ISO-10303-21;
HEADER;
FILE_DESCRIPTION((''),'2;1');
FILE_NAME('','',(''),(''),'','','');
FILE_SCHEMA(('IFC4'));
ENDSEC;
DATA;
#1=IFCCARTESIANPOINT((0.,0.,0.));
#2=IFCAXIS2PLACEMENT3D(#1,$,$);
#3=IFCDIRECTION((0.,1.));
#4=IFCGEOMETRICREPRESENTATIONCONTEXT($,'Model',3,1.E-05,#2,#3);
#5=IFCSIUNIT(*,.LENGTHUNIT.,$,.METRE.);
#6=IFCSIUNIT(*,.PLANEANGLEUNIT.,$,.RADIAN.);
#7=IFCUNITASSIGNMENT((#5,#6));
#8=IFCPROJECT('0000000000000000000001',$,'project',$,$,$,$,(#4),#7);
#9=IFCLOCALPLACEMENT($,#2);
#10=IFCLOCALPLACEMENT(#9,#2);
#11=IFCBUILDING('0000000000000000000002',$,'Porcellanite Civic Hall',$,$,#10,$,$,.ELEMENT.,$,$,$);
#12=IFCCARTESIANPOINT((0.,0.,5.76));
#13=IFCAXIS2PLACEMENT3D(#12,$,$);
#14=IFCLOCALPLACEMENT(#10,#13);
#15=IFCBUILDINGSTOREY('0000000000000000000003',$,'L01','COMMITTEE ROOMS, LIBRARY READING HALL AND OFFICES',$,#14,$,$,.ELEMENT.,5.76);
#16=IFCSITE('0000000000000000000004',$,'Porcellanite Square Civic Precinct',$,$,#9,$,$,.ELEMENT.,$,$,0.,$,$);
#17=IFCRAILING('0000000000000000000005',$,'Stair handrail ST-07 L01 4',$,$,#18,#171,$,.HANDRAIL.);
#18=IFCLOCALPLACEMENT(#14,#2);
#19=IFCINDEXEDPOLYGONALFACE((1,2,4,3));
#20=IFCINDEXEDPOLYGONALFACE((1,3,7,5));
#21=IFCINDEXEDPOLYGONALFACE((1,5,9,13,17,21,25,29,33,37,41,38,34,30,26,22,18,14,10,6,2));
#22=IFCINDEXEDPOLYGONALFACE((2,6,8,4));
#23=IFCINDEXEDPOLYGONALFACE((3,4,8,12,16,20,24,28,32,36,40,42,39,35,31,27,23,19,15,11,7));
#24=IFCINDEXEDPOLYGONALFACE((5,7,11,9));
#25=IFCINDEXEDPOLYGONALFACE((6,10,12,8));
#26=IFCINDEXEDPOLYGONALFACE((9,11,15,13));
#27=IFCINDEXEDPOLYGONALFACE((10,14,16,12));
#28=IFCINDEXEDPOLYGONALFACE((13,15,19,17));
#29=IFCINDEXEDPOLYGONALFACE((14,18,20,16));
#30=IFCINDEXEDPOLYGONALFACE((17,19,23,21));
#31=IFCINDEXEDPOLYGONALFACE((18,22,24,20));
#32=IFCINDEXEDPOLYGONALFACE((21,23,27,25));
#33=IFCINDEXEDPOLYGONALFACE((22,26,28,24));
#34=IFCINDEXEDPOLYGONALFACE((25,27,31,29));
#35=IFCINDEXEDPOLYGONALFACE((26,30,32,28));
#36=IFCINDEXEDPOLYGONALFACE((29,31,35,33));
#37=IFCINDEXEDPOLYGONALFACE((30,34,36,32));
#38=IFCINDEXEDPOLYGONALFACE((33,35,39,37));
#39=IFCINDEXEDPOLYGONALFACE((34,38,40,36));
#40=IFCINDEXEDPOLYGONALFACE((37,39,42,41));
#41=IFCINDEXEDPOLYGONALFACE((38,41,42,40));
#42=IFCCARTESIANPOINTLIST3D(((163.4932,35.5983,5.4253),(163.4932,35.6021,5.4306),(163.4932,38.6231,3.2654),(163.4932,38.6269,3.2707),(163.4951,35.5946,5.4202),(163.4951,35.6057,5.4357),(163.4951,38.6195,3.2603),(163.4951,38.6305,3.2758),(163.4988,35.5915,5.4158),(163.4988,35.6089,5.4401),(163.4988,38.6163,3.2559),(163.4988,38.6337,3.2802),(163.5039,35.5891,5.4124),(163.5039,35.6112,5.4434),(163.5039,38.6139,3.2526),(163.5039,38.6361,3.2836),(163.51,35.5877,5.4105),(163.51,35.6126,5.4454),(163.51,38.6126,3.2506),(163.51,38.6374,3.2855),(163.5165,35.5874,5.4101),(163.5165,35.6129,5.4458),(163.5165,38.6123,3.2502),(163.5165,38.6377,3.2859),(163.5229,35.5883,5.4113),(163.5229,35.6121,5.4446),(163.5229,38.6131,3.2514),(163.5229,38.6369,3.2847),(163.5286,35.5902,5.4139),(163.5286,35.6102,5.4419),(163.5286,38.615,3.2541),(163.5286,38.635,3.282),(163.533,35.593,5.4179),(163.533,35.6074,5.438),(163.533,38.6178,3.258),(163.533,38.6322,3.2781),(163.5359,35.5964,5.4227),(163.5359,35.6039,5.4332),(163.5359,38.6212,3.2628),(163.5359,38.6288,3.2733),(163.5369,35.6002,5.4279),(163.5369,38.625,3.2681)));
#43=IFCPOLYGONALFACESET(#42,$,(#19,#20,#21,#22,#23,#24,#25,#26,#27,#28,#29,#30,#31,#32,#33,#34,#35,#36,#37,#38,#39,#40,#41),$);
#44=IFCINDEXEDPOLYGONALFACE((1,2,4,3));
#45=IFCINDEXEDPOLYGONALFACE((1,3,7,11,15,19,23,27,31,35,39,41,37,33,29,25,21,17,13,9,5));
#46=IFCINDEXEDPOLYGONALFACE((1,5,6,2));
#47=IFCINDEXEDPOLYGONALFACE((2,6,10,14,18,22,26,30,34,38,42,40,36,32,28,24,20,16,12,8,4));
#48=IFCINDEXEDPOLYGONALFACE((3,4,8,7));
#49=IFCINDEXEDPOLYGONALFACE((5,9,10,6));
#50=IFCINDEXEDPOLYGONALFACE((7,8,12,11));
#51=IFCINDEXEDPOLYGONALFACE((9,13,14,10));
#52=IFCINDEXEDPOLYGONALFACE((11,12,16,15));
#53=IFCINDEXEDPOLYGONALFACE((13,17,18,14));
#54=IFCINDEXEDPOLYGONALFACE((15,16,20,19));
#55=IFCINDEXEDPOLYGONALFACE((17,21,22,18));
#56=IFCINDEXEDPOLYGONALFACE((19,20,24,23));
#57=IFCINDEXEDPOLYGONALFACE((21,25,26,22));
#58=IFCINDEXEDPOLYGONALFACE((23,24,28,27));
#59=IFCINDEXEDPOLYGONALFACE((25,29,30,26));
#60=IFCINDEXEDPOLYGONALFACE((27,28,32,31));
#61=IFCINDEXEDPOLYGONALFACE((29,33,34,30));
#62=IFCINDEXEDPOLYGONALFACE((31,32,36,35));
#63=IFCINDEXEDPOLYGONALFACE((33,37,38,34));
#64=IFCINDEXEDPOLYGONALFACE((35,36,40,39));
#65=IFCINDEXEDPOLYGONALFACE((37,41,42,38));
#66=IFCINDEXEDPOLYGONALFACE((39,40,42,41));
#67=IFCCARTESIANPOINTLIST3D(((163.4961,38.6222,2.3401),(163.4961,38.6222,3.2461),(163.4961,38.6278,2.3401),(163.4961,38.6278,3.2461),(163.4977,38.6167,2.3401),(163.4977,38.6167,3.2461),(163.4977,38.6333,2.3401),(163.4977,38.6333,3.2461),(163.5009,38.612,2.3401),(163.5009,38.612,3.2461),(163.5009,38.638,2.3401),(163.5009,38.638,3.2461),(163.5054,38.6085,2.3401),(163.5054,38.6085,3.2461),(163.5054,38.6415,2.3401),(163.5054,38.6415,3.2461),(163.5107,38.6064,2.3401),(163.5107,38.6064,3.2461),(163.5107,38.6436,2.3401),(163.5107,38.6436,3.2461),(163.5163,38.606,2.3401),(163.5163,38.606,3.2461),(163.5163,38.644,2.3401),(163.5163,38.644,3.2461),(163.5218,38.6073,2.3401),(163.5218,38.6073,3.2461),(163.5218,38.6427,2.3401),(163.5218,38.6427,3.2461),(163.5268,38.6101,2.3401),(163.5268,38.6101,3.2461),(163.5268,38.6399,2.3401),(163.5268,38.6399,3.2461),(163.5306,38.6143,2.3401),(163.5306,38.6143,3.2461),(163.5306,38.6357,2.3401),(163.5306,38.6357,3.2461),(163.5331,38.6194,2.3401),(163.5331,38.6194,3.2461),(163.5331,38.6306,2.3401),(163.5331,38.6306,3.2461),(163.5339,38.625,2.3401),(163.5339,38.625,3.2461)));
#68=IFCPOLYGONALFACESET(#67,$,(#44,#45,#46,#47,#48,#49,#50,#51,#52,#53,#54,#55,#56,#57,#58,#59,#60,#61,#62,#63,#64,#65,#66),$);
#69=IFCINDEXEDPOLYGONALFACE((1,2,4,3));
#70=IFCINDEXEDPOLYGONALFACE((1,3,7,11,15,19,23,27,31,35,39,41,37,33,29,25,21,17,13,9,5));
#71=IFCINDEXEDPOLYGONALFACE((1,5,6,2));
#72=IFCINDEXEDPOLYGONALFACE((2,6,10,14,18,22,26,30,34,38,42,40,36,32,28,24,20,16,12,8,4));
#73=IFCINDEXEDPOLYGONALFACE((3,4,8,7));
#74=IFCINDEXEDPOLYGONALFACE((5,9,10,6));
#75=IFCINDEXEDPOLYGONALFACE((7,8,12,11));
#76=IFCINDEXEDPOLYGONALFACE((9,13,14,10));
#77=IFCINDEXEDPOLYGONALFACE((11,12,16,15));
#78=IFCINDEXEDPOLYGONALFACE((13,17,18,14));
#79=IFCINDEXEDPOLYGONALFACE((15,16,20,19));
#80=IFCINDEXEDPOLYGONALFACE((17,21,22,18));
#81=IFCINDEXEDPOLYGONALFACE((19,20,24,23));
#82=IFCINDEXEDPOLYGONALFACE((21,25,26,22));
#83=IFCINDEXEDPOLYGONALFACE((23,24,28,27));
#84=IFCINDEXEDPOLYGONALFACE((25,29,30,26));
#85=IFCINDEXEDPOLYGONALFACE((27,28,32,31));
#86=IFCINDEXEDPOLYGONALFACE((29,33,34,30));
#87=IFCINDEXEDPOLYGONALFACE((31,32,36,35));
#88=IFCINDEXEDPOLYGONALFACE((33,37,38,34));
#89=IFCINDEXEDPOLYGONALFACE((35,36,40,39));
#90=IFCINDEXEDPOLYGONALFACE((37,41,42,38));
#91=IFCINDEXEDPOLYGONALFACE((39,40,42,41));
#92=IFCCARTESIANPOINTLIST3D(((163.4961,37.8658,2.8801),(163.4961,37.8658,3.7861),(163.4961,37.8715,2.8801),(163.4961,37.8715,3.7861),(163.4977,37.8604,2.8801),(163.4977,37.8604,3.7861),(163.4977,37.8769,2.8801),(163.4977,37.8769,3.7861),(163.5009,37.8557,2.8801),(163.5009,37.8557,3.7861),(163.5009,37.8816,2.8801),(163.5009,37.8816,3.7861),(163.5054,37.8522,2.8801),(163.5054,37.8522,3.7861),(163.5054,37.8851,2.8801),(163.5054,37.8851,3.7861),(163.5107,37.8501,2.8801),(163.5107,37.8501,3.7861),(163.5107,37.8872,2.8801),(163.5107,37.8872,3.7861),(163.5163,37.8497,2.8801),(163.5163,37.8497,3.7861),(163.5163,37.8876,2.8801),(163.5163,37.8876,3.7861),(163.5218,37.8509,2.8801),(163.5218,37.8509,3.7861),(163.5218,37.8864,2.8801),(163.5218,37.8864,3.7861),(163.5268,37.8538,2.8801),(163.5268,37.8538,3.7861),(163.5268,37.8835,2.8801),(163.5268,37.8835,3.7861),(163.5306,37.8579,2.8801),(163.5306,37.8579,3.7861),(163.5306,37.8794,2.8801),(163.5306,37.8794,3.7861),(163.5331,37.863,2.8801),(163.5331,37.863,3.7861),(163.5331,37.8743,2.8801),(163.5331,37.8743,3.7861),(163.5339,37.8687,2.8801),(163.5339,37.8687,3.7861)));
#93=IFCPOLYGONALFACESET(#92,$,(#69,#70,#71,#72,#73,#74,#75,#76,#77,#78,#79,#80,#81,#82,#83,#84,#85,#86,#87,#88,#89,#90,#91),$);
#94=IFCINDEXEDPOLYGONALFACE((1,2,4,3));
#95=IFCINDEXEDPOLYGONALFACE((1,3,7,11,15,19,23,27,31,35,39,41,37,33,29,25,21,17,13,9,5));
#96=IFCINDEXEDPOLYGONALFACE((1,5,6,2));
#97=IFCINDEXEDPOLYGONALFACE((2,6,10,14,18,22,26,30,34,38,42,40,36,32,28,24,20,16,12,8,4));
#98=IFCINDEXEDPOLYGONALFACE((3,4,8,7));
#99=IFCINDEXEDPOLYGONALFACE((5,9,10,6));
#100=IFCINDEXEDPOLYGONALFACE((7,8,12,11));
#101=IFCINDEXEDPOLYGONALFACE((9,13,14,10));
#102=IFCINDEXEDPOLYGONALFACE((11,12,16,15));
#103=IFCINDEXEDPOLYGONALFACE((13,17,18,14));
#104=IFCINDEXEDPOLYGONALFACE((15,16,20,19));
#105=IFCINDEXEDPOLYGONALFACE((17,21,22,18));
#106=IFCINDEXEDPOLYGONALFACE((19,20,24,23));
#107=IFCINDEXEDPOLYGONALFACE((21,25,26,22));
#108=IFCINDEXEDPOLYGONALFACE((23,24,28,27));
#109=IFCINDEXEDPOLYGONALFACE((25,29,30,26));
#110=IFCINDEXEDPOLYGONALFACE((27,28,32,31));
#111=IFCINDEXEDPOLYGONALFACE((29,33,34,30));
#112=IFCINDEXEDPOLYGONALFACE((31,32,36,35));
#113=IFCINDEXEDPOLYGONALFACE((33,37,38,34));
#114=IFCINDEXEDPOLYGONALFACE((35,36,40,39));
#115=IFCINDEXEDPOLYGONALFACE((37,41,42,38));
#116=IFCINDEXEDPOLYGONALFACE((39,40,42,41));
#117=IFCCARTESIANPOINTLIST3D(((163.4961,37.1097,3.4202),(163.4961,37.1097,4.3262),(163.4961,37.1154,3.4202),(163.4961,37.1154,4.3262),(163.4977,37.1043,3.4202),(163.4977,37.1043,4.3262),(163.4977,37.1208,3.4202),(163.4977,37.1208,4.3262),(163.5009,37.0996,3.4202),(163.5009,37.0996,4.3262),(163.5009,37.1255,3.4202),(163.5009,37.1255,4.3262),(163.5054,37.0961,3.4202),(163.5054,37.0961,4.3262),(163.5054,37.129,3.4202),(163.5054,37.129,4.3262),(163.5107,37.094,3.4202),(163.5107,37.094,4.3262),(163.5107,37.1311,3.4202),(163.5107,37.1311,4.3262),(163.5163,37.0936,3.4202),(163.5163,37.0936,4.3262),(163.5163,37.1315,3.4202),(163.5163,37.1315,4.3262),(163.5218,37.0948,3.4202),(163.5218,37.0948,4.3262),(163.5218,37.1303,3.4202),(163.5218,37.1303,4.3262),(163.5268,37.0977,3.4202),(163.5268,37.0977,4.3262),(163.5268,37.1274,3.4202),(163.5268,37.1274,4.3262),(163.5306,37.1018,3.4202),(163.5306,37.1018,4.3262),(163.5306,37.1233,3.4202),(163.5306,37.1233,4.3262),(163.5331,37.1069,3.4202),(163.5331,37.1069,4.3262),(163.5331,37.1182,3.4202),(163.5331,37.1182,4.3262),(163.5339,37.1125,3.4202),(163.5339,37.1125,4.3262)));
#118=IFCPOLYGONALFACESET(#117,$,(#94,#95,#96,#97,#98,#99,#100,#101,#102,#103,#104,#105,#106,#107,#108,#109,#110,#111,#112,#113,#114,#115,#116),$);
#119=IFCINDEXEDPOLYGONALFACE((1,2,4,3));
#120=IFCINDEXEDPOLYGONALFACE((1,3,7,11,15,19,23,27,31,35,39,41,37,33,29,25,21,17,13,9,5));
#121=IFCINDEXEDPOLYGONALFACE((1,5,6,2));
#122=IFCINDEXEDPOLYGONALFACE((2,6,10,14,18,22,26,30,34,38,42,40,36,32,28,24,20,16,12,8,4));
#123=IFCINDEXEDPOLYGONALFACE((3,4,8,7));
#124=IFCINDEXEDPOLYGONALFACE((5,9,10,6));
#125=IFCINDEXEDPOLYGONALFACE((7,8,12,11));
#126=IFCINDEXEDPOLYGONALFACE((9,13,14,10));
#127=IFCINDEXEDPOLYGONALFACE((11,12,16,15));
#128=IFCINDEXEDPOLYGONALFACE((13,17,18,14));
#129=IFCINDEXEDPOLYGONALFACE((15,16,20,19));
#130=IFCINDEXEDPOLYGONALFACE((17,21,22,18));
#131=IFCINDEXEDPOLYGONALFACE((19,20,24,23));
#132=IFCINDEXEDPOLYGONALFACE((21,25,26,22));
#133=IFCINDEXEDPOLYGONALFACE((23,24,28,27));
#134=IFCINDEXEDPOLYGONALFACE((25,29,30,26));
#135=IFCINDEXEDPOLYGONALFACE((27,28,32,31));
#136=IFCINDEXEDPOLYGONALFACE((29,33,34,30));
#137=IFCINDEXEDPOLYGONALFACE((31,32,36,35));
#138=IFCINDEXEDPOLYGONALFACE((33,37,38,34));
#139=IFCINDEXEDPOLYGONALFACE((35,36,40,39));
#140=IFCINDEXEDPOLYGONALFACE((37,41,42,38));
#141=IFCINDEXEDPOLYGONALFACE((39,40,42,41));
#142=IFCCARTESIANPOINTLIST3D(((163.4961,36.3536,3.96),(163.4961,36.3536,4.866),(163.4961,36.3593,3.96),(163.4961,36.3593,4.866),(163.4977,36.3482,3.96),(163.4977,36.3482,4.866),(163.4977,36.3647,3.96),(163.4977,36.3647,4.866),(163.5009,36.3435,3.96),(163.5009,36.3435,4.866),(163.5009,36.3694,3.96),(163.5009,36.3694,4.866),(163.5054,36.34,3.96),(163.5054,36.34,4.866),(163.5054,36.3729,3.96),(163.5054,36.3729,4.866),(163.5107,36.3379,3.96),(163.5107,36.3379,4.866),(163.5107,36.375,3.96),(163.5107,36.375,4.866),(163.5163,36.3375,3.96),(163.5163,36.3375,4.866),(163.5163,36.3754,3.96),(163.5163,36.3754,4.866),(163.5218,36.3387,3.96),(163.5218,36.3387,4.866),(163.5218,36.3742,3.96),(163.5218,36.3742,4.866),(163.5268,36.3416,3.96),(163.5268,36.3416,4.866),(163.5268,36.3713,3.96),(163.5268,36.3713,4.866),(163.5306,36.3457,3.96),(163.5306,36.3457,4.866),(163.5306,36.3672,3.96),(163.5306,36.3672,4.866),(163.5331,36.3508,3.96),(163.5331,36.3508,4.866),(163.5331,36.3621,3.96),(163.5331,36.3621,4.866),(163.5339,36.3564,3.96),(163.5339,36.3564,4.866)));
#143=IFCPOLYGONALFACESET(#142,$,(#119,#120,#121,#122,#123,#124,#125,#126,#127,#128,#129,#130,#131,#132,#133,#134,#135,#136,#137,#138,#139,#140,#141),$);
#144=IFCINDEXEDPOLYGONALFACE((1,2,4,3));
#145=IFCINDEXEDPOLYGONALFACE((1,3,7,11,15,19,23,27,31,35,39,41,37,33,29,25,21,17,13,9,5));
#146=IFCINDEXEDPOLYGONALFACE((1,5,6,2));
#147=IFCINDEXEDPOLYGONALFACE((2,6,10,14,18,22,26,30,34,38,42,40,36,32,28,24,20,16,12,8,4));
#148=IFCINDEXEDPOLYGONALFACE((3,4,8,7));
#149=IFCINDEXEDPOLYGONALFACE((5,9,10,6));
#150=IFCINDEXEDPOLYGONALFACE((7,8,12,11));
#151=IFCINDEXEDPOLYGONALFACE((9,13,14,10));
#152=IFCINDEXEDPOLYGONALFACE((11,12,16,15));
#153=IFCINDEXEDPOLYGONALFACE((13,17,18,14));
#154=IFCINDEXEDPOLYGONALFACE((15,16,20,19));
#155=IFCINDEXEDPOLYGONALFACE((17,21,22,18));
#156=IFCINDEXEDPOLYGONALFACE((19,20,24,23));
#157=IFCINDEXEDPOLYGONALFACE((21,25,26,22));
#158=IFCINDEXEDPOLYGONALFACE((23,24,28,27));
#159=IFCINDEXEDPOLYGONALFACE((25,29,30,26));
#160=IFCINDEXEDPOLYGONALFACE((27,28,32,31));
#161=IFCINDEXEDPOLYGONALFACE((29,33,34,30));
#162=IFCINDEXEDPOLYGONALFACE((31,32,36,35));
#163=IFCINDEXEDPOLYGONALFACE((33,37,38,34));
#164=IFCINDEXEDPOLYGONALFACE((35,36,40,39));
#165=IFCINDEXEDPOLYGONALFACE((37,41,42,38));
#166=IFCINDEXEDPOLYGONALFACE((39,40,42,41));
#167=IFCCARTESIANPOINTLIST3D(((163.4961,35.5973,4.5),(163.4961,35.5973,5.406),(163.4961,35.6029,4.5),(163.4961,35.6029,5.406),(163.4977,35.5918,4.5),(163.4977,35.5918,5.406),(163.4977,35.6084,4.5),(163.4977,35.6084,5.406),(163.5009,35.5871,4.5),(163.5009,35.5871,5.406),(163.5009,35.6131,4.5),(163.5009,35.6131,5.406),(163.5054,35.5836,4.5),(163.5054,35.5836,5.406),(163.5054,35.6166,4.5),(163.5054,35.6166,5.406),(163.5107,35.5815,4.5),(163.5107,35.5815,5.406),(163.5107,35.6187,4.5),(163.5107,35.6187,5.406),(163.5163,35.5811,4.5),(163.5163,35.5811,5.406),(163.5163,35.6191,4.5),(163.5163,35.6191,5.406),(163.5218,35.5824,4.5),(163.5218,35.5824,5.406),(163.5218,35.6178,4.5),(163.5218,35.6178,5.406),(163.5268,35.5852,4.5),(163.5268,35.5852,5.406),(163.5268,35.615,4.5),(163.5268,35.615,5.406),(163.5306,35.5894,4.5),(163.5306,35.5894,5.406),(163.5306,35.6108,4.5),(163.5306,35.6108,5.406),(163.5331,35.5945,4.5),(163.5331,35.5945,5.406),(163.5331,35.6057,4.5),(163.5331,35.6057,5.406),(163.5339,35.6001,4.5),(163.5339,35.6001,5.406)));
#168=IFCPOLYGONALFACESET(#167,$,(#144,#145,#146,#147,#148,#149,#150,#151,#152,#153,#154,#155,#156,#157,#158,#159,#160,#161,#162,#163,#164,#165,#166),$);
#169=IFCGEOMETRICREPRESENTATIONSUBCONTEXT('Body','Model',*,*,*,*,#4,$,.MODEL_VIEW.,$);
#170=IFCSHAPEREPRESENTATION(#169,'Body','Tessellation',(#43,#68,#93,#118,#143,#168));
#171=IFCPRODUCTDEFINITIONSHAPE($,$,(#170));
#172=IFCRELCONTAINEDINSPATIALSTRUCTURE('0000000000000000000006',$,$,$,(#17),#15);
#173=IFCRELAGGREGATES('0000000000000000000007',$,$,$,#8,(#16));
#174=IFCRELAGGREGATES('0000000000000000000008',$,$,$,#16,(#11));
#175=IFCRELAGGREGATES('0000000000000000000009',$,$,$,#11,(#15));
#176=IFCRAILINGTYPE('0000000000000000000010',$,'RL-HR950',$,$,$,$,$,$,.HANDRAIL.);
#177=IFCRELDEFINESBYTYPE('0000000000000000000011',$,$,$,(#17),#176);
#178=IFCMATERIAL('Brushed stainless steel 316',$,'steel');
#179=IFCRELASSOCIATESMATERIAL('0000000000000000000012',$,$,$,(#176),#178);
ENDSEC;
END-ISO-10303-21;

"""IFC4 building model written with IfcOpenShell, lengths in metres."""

from ifc_helpers import new_model, si_unit, direction, frame, origin, origin_2d, place, context, subcontext, project, spatial, circle, extrude, material, type_object, element, save


model = new_model("IFC4")

# Units and contexts
model_context = context("Model", 3, precision=1e-05, world=origin(), true_north=direction((0.0, 1.0)))
body_context = subcontext(model_context, "Body", "Model", "MODEL_VIEW")
ifc_project = project(units=[si_unit("LENGTHUNIT", "METRE"), si_unit("PLANEANGLEUNIT", "RADIAN")], contexts=[model_context])

# Site, building, storey
site_placement = place(None, origin())
site = spatial("IfcSite", under=ifc_project, at=site_placement, Name="Porcellanite Square Civic Precinct", CompositionType="ELEMENT", RefElevation=0.0)
building_placement = place(site_placement, origin())
building = spatial("IfcBuilding", under=site, at=building_placement, Name="Porcellanite Civic Hall", CompositionType="ELEMENT")
storey_placement = place(building_placement, frame((0.0, 0.0, 5.76)))
storey = spatial("IfcBuildingStorey", under=building, at=storey_placement, Name="L01", Description="COMMITTEE ROOMS, LIBRARY READING HALL AND OFFICES", CompositionType="ELEMENT", Elevation=5.76)

# Railing
ifc_material_1 = material(Name="Brushed stainless steel 316", Category="steel")
railing_type_1 = type_object("IfcRailingType", Name="RL-HR950", PredefinedType="HANDRAIL", material=ifc_material_1)
railing_1_placement = place(storey_placement, frame((163.5149, 38.625, 2.3401)))
element("IfcRailing", 1, at=railing_1_placement, inside=storey, type_object=railing_type_1, Name="Stair handrail ST-07 L01 4", PredefinedType="HANDRAIL", context=body_context, shape_type="SweptSolid", body=[
    extrude(circle(Radius=0.022, at=origin_2d()), frame((0.0, 0.0, 0.928), z_axis=(0.0, -0.813827, 0.581108), x_axis=(1.0, 0.0, 0.0)), (0.0, 0.0, 1.0), 3.7168),
    extrude(circle(Radius=0.019, at=origin_2d()), origin(), (0.0, 0.0, 1.0), 0.906),
    extrude(circle(Radius=0.019, at=origin_2d()), frame((0.0, -0.7563, 0.54)), (0.0, 0.0, 1.0), 0.906),
    extrude(circle(Radius=0.019, at=origin_2d()), frame((0.0, -1.5125, 1.0801)), (0.0, 0.0, 1.0), 0.906),
    extrude(circle(Radius=0.019, at=origin_2d()), frame((0.0, -2.2686, 1.6199)), (0.0, 0.0, 1.0), 0.906),
    extrude(circle(Radius=0.019, at=origin_2d()), frame((0.0, -3.0249, 2.1599)), (0.0, 0.0, 1.0), 0.906),
])

save(model, "model.ifc")
